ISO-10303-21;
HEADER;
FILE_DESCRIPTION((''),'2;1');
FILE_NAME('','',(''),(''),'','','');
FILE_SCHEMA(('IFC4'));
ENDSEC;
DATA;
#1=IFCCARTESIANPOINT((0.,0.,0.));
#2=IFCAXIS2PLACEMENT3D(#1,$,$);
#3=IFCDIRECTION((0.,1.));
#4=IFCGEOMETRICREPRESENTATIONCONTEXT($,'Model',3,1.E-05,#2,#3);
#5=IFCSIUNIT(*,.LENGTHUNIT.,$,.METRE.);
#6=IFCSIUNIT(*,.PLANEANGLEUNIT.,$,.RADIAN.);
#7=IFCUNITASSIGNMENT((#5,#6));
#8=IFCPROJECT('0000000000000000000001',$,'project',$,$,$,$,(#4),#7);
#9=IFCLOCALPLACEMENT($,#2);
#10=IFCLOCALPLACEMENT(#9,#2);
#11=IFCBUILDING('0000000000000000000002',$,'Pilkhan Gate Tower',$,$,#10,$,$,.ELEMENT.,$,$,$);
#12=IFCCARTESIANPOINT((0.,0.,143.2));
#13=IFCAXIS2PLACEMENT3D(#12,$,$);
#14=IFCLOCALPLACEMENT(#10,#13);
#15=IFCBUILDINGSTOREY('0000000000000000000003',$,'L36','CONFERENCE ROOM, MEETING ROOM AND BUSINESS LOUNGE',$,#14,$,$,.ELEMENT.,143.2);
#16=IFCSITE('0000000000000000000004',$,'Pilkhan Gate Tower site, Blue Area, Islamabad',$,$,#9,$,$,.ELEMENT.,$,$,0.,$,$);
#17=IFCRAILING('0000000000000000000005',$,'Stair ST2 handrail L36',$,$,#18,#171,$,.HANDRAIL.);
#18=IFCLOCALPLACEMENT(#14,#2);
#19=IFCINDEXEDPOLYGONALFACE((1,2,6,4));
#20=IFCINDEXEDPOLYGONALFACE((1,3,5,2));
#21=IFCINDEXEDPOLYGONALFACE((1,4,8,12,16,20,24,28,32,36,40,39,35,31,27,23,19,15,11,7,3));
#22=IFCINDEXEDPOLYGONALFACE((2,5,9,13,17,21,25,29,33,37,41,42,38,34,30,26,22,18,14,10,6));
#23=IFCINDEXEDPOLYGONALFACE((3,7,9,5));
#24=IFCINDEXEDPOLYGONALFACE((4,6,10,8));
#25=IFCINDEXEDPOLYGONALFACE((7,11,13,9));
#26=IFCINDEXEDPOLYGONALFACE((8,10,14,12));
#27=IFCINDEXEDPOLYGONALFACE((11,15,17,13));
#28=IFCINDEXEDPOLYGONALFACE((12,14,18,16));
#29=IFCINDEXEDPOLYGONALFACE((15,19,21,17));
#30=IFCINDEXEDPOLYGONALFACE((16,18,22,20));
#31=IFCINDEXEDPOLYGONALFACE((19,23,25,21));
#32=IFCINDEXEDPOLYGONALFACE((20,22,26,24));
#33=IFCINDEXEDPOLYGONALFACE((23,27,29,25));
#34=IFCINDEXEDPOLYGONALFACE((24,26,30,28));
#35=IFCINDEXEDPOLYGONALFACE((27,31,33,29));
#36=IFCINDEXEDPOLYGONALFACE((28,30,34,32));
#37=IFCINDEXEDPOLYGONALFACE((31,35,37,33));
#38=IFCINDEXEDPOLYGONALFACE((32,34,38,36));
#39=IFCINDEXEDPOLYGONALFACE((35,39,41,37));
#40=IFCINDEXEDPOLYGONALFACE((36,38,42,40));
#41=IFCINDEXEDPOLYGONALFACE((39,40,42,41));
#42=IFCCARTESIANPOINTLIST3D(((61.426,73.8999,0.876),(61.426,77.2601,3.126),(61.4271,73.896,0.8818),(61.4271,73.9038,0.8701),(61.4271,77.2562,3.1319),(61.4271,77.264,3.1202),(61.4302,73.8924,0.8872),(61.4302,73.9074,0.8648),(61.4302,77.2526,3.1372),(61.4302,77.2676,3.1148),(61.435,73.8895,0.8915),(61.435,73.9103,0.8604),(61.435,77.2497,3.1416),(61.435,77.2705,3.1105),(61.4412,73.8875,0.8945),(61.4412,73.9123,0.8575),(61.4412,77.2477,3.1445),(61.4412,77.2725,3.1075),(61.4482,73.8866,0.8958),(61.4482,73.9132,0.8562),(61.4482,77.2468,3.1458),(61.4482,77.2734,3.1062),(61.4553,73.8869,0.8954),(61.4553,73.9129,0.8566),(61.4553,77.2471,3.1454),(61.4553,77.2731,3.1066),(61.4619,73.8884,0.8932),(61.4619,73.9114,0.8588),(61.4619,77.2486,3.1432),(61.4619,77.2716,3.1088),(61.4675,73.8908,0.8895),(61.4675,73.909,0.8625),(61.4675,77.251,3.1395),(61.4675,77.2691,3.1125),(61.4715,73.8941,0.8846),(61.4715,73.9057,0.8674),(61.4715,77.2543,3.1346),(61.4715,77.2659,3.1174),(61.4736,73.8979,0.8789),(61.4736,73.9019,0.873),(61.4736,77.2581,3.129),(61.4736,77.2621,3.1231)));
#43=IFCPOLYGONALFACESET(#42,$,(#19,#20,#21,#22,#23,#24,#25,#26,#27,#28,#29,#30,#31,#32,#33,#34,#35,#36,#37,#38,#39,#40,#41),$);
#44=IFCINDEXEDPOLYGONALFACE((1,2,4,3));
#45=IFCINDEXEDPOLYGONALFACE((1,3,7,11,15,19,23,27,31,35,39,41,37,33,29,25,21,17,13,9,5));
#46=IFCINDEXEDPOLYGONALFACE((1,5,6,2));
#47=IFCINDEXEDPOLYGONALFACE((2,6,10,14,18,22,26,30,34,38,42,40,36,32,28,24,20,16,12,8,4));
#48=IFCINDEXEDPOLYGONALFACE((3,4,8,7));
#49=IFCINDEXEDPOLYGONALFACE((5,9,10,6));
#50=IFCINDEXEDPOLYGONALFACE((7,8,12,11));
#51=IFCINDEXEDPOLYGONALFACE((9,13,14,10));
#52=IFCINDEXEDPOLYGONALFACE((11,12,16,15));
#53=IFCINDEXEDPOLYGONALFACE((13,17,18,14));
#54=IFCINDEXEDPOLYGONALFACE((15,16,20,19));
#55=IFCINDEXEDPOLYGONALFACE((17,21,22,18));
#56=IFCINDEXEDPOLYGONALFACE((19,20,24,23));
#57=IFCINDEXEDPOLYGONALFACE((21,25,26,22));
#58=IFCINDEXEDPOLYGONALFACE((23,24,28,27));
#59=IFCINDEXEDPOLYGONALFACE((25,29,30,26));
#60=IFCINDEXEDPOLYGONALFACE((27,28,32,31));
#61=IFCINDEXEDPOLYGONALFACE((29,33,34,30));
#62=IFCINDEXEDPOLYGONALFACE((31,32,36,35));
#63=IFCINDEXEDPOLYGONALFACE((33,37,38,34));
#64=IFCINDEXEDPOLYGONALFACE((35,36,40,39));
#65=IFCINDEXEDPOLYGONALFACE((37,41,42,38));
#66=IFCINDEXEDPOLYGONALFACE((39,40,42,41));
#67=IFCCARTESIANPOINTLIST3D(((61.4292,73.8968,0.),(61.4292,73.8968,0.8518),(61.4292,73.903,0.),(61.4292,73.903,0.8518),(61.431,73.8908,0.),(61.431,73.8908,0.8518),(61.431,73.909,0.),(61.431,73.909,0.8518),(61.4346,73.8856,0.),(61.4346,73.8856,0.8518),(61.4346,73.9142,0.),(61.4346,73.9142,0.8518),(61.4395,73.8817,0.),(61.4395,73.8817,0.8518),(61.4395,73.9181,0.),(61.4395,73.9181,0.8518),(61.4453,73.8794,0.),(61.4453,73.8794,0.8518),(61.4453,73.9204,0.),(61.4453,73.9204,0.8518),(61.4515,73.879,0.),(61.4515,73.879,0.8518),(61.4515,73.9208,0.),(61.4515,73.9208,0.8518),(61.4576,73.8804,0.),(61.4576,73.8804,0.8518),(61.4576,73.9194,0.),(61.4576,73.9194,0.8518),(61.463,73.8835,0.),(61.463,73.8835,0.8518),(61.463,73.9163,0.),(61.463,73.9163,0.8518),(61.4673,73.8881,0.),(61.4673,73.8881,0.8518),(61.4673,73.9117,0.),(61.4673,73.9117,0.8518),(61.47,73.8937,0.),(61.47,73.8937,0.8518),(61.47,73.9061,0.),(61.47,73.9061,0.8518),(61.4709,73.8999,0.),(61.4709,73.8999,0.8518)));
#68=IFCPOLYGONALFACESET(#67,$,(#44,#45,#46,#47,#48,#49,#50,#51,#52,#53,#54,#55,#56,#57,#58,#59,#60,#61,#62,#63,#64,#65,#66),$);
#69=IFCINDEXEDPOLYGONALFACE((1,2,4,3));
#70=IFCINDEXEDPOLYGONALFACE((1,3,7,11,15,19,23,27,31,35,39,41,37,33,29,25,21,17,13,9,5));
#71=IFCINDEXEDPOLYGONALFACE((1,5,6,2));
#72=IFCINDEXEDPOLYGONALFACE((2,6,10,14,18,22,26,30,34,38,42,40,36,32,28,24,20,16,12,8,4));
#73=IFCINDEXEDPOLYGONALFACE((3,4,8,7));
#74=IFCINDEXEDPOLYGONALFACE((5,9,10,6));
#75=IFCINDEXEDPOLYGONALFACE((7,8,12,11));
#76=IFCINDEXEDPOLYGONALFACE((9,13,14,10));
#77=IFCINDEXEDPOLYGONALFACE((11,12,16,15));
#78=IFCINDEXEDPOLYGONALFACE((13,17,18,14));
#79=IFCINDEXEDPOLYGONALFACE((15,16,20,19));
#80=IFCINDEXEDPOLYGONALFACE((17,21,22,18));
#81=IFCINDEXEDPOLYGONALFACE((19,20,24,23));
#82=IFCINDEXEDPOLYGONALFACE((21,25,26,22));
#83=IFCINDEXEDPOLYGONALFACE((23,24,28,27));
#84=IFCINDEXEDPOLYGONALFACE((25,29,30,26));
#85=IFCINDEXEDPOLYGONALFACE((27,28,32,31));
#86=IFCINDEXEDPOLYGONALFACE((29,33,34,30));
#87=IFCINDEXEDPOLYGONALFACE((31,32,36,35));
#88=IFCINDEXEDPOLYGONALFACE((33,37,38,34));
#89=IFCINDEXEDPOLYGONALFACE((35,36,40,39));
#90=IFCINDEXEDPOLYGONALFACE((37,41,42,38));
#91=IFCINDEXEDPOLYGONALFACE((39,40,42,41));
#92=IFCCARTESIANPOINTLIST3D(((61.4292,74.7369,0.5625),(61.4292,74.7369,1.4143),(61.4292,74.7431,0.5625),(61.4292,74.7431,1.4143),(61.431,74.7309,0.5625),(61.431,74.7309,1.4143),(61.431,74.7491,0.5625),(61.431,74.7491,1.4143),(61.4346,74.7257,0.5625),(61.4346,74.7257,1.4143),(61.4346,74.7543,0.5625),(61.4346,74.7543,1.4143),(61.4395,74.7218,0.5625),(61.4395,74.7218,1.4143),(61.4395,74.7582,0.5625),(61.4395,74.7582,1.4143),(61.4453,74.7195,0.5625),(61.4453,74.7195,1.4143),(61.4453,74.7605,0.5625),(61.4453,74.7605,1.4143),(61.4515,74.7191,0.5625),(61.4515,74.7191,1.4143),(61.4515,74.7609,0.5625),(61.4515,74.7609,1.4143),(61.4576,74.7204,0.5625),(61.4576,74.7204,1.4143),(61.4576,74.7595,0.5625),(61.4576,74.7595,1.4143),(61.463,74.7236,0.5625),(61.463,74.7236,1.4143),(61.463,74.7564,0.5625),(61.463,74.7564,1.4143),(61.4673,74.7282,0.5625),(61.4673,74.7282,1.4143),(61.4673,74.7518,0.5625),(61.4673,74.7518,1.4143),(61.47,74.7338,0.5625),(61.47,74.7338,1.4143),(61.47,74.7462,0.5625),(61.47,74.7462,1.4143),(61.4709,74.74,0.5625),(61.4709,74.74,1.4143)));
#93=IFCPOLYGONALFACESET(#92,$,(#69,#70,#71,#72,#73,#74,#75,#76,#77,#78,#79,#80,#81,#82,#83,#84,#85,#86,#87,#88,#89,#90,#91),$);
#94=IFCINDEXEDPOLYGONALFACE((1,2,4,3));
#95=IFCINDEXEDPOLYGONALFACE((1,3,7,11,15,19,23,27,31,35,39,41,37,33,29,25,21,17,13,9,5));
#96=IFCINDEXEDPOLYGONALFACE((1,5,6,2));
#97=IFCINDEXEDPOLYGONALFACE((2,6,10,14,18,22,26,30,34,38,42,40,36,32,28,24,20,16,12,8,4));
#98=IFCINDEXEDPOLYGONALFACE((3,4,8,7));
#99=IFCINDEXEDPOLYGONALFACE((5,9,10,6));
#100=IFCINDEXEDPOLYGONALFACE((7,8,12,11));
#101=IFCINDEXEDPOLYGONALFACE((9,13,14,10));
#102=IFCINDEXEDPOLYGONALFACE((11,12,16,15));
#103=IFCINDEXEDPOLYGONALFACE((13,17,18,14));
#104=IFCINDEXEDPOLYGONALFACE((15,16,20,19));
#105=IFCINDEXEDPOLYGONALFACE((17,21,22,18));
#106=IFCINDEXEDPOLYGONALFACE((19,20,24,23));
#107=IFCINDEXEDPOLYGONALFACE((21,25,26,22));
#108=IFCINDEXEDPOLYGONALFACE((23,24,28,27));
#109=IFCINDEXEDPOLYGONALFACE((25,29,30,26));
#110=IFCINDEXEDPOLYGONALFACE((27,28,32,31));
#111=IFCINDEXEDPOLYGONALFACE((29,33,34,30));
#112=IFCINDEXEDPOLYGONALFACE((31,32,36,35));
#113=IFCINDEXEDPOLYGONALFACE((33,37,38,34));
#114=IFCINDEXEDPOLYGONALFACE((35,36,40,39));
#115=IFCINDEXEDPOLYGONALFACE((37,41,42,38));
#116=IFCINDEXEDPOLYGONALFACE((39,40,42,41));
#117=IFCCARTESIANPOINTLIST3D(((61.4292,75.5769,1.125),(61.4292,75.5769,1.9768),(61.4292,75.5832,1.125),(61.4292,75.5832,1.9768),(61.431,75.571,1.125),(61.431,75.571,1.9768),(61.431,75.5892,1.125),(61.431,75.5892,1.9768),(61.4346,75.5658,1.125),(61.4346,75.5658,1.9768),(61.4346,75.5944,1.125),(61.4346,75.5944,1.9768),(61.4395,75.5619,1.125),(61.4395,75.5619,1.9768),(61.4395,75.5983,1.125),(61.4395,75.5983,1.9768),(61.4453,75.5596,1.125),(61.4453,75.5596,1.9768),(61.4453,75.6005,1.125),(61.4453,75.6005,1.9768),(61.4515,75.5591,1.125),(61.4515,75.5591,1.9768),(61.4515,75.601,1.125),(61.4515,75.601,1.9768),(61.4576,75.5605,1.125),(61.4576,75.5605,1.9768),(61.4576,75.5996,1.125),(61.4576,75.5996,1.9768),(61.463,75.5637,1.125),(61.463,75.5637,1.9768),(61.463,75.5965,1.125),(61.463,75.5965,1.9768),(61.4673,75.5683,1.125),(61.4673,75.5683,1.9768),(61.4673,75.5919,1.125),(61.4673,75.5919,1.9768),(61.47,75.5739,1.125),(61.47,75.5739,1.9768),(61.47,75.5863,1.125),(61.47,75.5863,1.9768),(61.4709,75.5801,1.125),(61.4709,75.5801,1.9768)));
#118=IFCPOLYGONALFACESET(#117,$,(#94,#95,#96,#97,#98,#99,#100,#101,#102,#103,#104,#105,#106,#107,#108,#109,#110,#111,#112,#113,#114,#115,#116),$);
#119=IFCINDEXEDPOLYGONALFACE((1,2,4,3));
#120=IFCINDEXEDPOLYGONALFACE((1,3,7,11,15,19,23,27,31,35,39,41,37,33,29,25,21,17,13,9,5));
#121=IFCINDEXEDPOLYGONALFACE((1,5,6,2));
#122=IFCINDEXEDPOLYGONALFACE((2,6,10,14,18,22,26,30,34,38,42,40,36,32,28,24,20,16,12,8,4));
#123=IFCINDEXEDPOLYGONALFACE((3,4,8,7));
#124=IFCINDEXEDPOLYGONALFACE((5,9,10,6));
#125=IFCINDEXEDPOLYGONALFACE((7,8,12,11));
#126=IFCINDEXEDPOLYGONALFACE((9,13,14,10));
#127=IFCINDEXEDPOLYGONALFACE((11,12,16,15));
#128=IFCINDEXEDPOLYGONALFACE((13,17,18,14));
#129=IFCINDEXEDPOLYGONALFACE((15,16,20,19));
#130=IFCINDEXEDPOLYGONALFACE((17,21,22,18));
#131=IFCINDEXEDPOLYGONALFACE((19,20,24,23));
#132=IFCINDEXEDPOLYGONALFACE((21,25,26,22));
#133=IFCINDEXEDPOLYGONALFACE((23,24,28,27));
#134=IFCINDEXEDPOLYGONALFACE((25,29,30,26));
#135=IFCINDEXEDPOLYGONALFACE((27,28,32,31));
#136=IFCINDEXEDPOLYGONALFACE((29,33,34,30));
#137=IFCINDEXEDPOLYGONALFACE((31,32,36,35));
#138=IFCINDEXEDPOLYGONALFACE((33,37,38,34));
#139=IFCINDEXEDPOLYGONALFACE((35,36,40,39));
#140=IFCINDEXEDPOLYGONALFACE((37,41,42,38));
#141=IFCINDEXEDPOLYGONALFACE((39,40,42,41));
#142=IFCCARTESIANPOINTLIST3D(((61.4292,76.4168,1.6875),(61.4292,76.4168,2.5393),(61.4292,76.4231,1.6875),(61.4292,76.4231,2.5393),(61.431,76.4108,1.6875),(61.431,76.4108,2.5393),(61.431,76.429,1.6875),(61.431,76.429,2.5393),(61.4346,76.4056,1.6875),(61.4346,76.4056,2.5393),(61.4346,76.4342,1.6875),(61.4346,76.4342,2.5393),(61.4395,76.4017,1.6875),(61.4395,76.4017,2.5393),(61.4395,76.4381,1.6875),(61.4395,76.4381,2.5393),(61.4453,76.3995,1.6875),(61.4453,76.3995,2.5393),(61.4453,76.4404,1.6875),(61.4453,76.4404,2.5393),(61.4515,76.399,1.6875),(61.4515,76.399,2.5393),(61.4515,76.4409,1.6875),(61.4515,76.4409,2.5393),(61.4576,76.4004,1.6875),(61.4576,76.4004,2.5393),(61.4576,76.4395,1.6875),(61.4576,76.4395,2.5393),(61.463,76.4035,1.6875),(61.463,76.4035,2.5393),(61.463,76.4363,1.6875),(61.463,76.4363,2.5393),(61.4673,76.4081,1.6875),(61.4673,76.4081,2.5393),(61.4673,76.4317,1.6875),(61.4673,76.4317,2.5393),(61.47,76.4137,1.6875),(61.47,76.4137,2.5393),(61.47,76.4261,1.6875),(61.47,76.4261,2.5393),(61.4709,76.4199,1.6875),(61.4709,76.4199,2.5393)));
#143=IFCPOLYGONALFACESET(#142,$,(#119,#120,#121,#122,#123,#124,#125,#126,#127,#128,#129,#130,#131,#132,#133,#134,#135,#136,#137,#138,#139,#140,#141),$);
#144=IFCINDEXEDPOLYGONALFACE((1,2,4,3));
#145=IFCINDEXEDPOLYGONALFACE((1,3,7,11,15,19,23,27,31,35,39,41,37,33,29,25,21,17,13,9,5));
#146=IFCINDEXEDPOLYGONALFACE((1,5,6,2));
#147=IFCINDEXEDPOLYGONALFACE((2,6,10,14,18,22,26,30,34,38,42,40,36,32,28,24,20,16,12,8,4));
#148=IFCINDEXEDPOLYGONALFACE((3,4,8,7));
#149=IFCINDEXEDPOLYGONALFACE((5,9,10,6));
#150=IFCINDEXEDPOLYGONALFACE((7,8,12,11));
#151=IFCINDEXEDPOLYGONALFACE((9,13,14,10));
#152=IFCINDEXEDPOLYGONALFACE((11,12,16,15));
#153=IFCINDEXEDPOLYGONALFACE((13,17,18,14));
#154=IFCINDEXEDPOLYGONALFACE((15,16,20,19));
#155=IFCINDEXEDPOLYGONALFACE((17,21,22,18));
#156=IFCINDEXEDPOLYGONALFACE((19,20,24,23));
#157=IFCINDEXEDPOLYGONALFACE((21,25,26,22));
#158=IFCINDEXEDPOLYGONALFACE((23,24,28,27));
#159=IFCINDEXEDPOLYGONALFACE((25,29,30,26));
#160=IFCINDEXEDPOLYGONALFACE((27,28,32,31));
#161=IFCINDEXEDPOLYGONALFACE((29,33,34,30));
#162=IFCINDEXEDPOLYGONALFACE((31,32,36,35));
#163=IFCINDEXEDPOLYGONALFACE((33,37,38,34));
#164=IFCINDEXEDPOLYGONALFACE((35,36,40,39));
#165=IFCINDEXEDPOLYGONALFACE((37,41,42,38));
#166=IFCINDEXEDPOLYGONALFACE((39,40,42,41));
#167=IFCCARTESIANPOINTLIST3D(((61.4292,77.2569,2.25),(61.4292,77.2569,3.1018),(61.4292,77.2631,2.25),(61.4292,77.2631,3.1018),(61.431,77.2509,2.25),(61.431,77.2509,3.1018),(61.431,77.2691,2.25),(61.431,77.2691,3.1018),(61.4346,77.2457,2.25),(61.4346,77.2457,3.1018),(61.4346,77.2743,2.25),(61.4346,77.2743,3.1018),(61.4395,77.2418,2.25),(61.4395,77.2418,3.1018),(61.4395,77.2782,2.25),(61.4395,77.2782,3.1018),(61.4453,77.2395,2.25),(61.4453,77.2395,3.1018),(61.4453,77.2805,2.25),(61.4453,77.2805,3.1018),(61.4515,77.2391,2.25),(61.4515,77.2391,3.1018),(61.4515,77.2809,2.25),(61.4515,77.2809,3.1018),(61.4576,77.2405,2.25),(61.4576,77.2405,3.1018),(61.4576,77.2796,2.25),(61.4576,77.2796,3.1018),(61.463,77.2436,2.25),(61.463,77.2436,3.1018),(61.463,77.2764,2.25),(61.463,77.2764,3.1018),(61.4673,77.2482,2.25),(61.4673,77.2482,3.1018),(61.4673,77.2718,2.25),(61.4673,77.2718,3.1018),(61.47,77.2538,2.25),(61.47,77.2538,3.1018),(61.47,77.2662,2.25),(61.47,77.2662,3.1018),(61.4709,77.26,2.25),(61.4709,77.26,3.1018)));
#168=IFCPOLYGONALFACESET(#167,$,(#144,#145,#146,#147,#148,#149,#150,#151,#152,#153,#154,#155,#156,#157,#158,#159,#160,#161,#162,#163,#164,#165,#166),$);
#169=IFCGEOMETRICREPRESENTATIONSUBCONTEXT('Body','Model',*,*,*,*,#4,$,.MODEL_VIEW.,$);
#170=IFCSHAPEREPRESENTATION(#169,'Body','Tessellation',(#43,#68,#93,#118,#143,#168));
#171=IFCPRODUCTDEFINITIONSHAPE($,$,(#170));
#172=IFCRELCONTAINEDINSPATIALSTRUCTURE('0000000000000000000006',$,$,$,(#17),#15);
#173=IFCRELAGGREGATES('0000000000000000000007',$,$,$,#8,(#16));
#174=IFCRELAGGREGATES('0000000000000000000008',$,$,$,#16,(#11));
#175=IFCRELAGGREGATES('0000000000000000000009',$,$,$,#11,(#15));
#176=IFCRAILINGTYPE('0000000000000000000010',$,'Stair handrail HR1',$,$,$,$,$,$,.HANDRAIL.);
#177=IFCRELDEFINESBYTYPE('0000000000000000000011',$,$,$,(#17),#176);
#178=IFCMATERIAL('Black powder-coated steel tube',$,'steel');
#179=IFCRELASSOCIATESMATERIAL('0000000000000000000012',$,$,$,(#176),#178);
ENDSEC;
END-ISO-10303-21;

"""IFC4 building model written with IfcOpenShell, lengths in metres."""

from ifc_helpers import new_model, si_unit, direction, frame, origin, origin_2d, place, context, subcontext, project, spatial, circle, extrude, material, type_object, element, save


model = new_model("IFC4")

# Units and contexts
model_context = context("Model", 3, precision=1e-05, world=origin(), true_north=direction((0.0, 1.0)))
body_context = subcontext(model_context, "Body", "Model", "MODEL_VIEW")
ifc_project = project(units=[si_unit("LENGTHUNIT", "METRE"), si_unit("PLANEANGLEUNIT", "RADIAN")], contexts=[model_context])

# Site, building, storey
site_placement = place(None, origin())
site = spatial("IfcSite", under=ifc_project, at=site_placement, Name="Pilkhan Gate Tower site, Blue Area, Islamabad", CompositionType="ELEMENT", RefElevation=0.0)
building_placement = place(site_placement, origin())
building = spatial("IfcBuilding", under=site, at=building_placement, Name="Pilkhan Gate Tower", CompositionType="ELEMENT")
storey_placement = place(building_placement, frame((0.0, 0.0, 143.2)))
storey = spatial("IfcBuildingStorey", under=building, at=storey_placement, Name="L36", Description="CONFERENCE ROOM, MEETING ROOM AND BUSINESS LOUNGE", CompositionType="ELEMENT", Elevation=143.2)

# Railing
ifc_material_1 = material(Name="Black powder-coated steel tube", Category="steel")
railing_type = type_object("IfcRailingType", Name="Stair handrail HR1", PredefinedType="HANDRAIL", material=ifc_material_1)
railing_placement = place(storey_placement, frame((61.45, 73.8999, 0.0)))
element("IfcRailing", 1, at=railing_placement, inside=storey, type_object=railing_type, Name="Stair ST2 handrail L36", PredefinedType="HANDRAIL", context=body_context, shape_type="SweptSolid", body=[
    extrude(circle(Radius=0.0239, at=origin_2d()), frame((0.0, 0.0, 0.876), z_axis=(0.0, 0.830915, 0.556399), x_axis=(-1.0, 0.0, 0.0)), (0.0, 0.0, 1.0), 4.0439),
    extrude(circle(Radius=0.021, at=origin_2d()), origin(), (0.0, 0.0, 1.0), 0.8518),
    extrude(circle(Radius=0.021, at=origin_2d()), frame((0.0, 0.8401, 0.5625)), (0.0, 0.0, 1.0), 0.8518),
    extrude(circle(Radius=0.021, at=origin_2d()), frame((0.0, 1.6802, 1.125)), (0.0, 0.0, 1.0), 0.8518),
    extrude(circle(Radius=0.021, at=origin_2d()), frame((0.0, 2.52, 1.6875)), (0.0, 0.0, 1.0), 0.8518),
    extrude(circle(Radius=0.021, at=origin_2d()), frame((0.0, 3.3601, 2.25)), (0.0, 0.0, 1.0), 0.8518),
])

save(model, "model.ifc")
